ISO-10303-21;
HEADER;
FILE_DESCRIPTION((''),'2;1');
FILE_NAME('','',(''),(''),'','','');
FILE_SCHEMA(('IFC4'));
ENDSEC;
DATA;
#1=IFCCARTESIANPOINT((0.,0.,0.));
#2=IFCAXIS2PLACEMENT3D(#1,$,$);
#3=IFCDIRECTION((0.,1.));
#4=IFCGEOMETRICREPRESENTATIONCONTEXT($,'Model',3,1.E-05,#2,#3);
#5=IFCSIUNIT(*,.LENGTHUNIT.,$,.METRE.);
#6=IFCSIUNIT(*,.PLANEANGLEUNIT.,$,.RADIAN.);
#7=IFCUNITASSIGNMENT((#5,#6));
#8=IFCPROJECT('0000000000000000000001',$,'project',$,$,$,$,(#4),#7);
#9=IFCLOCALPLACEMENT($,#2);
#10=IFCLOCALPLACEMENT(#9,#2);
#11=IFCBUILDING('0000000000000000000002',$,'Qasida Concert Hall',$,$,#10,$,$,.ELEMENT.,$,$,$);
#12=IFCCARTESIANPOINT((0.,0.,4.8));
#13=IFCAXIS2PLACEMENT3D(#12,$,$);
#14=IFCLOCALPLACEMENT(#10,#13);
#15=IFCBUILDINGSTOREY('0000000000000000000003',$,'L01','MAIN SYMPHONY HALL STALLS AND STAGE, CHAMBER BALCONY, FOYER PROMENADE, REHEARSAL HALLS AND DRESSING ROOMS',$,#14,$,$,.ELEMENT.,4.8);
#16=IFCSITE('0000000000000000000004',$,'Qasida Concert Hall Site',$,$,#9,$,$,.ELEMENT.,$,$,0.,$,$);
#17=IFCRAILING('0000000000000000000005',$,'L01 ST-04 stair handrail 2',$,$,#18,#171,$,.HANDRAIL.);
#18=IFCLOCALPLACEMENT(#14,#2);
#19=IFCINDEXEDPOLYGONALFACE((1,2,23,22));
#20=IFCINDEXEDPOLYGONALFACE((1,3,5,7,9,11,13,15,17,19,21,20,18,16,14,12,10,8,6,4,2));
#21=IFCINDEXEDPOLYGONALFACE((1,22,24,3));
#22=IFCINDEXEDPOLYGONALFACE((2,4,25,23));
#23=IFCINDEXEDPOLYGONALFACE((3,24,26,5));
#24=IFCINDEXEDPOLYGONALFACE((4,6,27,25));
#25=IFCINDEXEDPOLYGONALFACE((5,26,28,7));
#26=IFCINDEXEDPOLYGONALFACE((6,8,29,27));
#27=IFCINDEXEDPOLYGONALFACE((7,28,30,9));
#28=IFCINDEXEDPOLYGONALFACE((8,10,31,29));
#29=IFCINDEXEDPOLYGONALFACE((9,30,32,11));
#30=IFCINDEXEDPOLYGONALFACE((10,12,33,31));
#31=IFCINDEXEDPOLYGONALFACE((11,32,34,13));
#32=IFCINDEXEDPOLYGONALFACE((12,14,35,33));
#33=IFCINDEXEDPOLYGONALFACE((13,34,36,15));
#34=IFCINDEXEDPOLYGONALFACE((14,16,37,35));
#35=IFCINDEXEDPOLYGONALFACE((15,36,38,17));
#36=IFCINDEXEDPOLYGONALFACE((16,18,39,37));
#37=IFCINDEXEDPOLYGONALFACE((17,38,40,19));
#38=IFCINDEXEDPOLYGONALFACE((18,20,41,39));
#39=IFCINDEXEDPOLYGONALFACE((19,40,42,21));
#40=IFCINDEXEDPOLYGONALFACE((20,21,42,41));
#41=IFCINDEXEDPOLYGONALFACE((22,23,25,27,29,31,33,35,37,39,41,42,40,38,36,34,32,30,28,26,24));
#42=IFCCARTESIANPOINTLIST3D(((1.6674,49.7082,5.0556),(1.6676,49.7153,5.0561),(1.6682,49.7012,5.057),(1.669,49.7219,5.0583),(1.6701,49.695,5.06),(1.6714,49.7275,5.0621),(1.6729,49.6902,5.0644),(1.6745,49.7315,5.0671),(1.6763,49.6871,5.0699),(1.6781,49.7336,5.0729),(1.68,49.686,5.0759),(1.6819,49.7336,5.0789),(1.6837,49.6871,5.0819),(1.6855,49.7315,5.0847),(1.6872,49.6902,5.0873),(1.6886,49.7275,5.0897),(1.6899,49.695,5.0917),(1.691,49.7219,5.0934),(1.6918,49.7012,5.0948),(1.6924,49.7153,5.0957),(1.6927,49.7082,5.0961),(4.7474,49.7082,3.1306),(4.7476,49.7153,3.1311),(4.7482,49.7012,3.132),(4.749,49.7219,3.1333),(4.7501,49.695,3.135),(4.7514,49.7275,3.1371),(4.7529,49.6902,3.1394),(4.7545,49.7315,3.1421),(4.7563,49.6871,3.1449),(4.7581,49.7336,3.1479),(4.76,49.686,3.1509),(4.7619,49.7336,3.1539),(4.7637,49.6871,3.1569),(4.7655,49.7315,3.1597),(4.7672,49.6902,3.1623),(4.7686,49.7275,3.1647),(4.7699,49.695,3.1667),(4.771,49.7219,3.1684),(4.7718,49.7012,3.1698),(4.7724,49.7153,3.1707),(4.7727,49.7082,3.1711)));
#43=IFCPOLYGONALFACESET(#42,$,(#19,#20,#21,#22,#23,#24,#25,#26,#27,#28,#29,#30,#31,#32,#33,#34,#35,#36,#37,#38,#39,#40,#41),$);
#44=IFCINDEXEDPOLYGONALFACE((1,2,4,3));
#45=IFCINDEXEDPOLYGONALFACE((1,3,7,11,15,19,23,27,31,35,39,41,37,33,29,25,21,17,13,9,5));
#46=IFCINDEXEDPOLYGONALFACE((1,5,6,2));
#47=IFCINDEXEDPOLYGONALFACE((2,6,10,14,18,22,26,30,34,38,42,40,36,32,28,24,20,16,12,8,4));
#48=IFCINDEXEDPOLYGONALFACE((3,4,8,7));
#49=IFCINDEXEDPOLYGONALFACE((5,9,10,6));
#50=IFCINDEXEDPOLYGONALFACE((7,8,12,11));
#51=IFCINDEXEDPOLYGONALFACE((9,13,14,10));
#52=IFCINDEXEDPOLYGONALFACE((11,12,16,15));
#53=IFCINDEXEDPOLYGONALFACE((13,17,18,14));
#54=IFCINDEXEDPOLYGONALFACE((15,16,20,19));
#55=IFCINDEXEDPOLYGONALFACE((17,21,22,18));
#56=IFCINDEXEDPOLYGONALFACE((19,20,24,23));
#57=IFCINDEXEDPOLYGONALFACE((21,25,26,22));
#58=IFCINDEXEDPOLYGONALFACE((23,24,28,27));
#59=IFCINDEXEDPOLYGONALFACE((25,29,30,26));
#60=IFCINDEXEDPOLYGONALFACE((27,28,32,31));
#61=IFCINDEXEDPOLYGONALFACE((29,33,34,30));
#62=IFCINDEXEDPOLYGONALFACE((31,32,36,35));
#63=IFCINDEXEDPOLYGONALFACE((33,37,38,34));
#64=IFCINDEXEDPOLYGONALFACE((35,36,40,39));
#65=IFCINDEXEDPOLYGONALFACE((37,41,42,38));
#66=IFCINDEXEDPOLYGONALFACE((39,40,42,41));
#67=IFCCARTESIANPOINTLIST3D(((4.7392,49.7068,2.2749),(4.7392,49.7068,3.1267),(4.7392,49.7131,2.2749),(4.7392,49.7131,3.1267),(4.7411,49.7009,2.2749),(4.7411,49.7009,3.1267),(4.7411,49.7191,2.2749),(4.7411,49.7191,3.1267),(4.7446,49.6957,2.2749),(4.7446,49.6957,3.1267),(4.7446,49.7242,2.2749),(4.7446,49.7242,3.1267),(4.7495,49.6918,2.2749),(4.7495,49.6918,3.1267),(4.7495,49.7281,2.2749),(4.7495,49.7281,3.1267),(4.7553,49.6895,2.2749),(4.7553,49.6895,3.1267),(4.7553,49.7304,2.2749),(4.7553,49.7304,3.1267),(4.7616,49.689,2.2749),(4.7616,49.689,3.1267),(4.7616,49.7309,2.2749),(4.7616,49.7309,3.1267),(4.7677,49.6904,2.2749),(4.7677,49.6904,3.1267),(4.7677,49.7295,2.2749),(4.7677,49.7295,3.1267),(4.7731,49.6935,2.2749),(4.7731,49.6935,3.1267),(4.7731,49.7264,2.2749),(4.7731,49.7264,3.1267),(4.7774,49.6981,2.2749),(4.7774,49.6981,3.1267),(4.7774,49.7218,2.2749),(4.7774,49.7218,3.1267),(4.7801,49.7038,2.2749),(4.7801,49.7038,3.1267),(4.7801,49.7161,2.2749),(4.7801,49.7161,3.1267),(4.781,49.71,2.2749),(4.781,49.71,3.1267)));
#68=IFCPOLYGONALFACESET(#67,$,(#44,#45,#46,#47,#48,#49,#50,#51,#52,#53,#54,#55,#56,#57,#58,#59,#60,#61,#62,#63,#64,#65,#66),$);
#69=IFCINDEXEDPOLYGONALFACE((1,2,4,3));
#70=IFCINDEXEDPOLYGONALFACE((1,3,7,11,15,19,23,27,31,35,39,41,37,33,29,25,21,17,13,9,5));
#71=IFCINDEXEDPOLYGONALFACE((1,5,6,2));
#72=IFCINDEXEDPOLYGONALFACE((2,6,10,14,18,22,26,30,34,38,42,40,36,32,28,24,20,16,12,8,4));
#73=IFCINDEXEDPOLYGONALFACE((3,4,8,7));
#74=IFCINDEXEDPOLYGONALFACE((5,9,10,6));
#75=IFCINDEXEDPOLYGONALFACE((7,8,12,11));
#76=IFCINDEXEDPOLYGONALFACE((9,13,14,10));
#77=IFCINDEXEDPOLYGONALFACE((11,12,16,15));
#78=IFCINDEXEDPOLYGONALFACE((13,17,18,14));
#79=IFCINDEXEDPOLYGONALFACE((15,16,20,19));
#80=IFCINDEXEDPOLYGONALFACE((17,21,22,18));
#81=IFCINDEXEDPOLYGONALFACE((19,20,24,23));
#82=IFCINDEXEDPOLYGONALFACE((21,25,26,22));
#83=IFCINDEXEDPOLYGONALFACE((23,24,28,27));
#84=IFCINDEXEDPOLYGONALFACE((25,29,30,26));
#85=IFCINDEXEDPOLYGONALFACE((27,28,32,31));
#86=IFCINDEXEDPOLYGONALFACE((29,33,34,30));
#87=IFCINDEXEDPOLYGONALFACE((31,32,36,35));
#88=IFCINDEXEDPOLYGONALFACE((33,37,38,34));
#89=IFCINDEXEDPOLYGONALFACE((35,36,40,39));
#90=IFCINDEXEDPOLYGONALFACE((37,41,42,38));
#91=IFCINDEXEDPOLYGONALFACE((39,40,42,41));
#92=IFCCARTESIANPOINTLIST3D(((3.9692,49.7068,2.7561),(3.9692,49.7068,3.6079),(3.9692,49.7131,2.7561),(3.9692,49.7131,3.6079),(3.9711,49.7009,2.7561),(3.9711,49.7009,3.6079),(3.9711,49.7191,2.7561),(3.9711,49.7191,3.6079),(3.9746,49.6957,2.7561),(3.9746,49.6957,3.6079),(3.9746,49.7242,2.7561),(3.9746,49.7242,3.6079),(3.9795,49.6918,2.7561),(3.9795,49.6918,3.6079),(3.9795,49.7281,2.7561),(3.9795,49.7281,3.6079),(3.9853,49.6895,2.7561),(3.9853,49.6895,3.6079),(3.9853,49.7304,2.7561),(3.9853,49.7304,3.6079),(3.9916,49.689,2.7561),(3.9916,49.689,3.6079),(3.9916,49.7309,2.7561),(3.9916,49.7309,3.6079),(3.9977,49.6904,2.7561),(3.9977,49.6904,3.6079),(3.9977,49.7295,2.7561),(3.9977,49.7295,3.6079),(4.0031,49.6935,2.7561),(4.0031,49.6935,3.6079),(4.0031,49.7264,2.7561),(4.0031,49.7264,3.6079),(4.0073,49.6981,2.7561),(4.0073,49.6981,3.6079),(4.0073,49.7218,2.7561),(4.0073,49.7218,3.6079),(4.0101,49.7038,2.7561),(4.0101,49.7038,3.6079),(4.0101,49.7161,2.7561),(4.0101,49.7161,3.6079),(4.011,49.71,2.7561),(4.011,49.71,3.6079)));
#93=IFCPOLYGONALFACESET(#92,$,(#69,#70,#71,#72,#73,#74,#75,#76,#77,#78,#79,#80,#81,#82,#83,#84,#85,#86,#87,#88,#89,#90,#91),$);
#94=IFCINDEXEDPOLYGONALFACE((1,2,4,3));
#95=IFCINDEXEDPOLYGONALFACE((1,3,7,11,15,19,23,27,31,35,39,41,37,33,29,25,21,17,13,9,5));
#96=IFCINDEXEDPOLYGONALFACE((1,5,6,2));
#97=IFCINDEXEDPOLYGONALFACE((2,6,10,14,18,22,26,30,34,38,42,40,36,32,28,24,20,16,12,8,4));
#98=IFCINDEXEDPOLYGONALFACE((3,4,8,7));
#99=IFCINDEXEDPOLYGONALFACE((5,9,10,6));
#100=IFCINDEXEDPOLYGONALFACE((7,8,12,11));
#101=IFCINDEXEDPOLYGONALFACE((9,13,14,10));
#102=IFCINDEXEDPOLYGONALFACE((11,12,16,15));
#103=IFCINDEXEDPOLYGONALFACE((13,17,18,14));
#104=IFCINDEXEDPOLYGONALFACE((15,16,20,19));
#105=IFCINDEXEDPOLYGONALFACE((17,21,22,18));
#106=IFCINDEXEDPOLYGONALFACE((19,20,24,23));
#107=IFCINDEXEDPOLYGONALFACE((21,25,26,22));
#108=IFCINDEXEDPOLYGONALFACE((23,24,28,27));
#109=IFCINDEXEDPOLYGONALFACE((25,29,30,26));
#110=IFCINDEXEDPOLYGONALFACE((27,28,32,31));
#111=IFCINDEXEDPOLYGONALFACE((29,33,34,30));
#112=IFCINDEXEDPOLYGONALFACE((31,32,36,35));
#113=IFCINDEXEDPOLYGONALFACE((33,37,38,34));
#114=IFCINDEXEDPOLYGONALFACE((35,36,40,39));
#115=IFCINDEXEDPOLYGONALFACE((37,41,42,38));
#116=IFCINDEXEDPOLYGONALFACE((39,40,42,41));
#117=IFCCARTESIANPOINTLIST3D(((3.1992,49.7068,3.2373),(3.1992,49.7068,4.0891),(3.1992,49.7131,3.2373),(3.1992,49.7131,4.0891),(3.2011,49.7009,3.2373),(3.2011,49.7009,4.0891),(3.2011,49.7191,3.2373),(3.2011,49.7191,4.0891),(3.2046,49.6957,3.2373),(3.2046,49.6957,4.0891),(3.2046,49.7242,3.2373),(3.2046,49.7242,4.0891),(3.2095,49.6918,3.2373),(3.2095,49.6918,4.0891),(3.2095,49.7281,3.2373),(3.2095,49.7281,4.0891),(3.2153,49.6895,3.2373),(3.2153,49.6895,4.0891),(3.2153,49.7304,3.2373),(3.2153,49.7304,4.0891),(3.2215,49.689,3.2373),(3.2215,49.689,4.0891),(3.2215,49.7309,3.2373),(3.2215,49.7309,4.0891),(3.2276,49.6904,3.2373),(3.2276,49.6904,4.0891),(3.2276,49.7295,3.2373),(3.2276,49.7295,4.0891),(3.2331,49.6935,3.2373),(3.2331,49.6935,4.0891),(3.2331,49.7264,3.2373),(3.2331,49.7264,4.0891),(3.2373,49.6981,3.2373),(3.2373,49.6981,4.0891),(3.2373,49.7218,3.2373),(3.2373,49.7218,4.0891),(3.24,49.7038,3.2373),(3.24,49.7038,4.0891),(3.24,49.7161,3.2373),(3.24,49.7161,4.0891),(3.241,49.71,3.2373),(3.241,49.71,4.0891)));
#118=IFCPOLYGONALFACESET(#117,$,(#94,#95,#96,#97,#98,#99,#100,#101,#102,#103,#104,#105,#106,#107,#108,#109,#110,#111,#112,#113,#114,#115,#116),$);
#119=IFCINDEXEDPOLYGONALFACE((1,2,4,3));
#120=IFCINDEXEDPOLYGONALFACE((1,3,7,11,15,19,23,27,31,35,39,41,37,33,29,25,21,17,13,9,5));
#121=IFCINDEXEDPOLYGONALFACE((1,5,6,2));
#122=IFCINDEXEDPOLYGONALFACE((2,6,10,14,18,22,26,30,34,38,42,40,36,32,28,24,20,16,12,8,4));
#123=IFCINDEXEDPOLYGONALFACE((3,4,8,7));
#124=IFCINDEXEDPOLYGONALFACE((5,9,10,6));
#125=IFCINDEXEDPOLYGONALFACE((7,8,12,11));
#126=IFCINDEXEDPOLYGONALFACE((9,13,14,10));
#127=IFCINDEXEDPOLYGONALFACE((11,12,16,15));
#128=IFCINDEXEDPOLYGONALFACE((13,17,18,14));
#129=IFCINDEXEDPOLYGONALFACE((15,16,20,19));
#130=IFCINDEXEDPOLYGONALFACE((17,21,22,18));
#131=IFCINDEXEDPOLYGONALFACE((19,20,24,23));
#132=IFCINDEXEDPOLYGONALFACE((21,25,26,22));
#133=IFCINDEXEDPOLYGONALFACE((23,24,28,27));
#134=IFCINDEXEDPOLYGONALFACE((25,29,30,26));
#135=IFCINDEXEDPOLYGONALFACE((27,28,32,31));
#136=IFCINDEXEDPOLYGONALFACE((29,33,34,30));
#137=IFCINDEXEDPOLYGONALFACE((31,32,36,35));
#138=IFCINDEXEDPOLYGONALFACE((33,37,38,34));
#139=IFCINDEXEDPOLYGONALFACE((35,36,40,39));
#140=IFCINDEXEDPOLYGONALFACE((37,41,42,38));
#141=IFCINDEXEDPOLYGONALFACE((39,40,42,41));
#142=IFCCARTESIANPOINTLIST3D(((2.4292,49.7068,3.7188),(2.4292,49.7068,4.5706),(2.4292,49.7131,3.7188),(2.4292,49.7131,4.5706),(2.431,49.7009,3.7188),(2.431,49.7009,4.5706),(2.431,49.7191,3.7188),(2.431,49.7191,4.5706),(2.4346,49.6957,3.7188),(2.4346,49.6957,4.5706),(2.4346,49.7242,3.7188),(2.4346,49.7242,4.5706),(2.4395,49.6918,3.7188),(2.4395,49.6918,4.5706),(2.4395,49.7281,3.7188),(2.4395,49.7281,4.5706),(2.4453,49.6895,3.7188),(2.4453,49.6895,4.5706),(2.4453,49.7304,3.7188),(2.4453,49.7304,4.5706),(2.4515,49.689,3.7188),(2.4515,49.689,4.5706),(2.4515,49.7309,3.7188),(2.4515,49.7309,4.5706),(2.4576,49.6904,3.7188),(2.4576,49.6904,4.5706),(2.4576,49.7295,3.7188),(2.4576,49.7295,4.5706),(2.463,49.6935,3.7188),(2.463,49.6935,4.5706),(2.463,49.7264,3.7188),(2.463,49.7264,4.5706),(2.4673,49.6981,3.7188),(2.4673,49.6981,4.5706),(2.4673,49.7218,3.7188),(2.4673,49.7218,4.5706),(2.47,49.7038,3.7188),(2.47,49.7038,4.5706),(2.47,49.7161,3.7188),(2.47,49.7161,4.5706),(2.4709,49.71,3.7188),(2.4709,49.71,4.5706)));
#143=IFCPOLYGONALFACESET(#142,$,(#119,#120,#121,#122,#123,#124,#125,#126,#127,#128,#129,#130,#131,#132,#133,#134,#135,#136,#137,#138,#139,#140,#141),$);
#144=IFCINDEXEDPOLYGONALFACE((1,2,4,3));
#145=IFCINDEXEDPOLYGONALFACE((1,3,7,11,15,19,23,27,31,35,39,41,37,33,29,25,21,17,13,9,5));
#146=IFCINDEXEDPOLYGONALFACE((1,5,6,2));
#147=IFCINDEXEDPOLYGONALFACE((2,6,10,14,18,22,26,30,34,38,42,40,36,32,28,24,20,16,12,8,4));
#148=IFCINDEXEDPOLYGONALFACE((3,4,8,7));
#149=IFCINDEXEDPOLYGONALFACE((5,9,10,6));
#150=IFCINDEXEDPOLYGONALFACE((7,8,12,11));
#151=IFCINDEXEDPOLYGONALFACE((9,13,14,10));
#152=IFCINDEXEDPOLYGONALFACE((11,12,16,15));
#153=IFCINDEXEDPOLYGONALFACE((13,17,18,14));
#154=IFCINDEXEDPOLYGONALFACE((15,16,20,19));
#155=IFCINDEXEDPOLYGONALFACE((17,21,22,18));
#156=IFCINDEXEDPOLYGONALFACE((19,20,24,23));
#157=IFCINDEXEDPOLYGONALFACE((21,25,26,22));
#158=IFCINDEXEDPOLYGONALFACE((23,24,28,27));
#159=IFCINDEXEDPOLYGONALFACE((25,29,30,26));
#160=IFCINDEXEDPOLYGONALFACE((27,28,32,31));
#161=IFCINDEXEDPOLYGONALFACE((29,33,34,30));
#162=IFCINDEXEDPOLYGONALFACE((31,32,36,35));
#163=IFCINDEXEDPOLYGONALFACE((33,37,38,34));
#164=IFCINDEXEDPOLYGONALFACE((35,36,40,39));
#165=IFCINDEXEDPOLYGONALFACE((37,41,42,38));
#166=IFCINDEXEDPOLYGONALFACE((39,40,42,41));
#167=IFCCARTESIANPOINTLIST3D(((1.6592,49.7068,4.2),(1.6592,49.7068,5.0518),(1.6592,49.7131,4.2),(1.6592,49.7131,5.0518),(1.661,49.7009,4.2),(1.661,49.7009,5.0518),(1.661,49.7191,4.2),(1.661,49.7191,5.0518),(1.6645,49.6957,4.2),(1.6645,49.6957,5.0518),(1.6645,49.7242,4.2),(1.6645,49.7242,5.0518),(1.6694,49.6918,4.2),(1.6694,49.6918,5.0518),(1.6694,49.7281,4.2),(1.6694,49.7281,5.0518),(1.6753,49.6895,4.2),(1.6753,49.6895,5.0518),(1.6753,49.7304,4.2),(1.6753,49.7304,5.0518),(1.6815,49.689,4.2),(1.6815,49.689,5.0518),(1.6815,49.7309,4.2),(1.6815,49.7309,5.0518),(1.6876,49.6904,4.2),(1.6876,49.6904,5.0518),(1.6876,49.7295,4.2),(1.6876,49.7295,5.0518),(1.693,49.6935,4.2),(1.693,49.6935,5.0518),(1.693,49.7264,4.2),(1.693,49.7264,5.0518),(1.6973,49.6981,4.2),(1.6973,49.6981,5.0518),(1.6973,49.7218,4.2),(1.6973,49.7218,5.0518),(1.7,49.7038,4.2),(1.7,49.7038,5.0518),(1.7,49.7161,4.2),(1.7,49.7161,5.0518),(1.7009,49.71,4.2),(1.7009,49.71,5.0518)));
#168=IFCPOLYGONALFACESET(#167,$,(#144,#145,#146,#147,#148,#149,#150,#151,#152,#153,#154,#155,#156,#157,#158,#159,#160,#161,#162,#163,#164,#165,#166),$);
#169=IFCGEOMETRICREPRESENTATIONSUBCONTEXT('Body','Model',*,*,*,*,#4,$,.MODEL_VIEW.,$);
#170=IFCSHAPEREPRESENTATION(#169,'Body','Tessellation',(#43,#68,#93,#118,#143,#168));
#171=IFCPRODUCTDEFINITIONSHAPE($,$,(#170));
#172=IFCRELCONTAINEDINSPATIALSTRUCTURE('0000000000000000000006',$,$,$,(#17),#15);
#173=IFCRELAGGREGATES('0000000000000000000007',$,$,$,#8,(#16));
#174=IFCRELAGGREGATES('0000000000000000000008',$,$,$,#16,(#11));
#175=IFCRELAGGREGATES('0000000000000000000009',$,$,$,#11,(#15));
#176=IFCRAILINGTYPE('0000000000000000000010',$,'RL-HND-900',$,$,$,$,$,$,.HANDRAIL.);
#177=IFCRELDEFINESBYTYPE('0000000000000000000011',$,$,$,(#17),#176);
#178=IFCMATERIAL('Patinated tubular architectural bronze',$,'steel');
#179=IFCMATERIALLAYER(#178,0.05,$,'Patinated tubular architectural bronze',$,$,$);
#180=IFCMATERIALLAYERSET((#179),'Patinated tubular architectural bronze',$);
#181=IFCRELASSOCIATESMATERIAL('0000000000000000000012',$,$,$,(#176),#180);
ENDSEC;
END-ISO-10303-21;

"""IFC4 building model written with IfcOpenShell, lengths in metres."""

from ifc_helpers import new_model, si_unit, direction, frame, origin, origin_2d, place, context, subcontext, project, spatial, circle, extrude, material, layer, layer_set, type_object, element, save


model = new_model("IFC4")

# Units and contexts
model_context = context("Model", 3, precision=1e-05, world=origin(), true_north=direction((0.0, 1.0)))
body_context = subcontext(model_context, "Body", "Model", "MODEL_VIEW")
ifc_project = project(units=[si_unit("LENGTHUNIT", "METRE"), si_unit("PLANEANGLEUNIT", "RADIAN")], contexts=[model_context])

# Site, building, storey
site_placement = place(None, origin())
site = spatial("IfcSite", under=ifc_project, at=site_placement, Name="Qasida Concert Hall Site", CompositionType="ELEMENT", RefElevation=0.0)
building_placement = place(site_placement, origin())
building = spatial("IfcBuilding", under=site, at=building_placement, Name="Qasida Concert Hall", CompositionType="ELEMENT")
storey_placement = place(building_placement, frame((0.0, 0.0, 4.8)))
storey = spatial("IfcBuildingStorey", under=building, at=storey_placement, Name="L01", Description="MAIN SYMPHONY HALL STALLS AND STAGE, CHAMBER BALCONY, FOYER PROMENADE, REHEARSAL HALLS AND DRESSING ROOMS", CompositionType="ELEMENT", Elevation=4.8)

# Railing
ifc_material_1 = material(Name="Patinated tubular architectural bronze", Category="steel")
ifc_layer_1 = layer(ifc_material_1, 0.05, Name="Patinated tubular architectural bronze")
ifc_layer_set_1 = layer_set([ifc_layer_1], Name="Patinated tubular architectural bronze")
railing_type_1 = type_object("IfcRailingType", Name="RL-HND-900", PredefinedType="HANDRAIL", material=ifc_layer_set_1)
railing_1_placement = place(storey_placement, frame((4.76, 49.71, 2.2749)))
element("IfcRailing", 1, at=railing_1_placement, inside=storey, type_object=railing_type_1, Name="L01 ST-04 stair handrail 2", PredefinedType="HANDRAIL", context=body_context, shape_type="SweptSolid", body=[
    extrude(circle(Radius=0.0239, at=origin_2d()), frame((0.0, 0.0, 0.876), z_axis=(-0.847998, 0.0, 0.529999), x_axis=(0.0, -1.0, 0.0)), (0.0, 0.0, 1.0), 3.6321),
    extrude(circle(Radius=0.021, at=origin_2d()), origin(), (0.0, 0.0, 1.0), 0.8518),
    extrude(circle(Radius=0.021, at=origin_2d()), frame((-0.77, 0.0, 0.4812)), (0.0, 0.0, 1.0), 0.8518),
    extrude(circle(Radius=0.021, at=origin_2d()), frame((-1.54, 0.0, 0.9624)), (0.0, 0.0, 1.0), 0.8518),
    extrude(circle(Radius=0.021, at=origin_2d()), frame((-2.3101, 0.0, 1.4438)), (0.0, 0.0, 1.0), 0.8518),
    extrude(circle(Radius=0.021, at=origin_2d()), frame((-3.0801, 0.0, 1.925)), (0.0, 0.0, 1.0), 0.8518),
])

save(model, "model.ifc")
